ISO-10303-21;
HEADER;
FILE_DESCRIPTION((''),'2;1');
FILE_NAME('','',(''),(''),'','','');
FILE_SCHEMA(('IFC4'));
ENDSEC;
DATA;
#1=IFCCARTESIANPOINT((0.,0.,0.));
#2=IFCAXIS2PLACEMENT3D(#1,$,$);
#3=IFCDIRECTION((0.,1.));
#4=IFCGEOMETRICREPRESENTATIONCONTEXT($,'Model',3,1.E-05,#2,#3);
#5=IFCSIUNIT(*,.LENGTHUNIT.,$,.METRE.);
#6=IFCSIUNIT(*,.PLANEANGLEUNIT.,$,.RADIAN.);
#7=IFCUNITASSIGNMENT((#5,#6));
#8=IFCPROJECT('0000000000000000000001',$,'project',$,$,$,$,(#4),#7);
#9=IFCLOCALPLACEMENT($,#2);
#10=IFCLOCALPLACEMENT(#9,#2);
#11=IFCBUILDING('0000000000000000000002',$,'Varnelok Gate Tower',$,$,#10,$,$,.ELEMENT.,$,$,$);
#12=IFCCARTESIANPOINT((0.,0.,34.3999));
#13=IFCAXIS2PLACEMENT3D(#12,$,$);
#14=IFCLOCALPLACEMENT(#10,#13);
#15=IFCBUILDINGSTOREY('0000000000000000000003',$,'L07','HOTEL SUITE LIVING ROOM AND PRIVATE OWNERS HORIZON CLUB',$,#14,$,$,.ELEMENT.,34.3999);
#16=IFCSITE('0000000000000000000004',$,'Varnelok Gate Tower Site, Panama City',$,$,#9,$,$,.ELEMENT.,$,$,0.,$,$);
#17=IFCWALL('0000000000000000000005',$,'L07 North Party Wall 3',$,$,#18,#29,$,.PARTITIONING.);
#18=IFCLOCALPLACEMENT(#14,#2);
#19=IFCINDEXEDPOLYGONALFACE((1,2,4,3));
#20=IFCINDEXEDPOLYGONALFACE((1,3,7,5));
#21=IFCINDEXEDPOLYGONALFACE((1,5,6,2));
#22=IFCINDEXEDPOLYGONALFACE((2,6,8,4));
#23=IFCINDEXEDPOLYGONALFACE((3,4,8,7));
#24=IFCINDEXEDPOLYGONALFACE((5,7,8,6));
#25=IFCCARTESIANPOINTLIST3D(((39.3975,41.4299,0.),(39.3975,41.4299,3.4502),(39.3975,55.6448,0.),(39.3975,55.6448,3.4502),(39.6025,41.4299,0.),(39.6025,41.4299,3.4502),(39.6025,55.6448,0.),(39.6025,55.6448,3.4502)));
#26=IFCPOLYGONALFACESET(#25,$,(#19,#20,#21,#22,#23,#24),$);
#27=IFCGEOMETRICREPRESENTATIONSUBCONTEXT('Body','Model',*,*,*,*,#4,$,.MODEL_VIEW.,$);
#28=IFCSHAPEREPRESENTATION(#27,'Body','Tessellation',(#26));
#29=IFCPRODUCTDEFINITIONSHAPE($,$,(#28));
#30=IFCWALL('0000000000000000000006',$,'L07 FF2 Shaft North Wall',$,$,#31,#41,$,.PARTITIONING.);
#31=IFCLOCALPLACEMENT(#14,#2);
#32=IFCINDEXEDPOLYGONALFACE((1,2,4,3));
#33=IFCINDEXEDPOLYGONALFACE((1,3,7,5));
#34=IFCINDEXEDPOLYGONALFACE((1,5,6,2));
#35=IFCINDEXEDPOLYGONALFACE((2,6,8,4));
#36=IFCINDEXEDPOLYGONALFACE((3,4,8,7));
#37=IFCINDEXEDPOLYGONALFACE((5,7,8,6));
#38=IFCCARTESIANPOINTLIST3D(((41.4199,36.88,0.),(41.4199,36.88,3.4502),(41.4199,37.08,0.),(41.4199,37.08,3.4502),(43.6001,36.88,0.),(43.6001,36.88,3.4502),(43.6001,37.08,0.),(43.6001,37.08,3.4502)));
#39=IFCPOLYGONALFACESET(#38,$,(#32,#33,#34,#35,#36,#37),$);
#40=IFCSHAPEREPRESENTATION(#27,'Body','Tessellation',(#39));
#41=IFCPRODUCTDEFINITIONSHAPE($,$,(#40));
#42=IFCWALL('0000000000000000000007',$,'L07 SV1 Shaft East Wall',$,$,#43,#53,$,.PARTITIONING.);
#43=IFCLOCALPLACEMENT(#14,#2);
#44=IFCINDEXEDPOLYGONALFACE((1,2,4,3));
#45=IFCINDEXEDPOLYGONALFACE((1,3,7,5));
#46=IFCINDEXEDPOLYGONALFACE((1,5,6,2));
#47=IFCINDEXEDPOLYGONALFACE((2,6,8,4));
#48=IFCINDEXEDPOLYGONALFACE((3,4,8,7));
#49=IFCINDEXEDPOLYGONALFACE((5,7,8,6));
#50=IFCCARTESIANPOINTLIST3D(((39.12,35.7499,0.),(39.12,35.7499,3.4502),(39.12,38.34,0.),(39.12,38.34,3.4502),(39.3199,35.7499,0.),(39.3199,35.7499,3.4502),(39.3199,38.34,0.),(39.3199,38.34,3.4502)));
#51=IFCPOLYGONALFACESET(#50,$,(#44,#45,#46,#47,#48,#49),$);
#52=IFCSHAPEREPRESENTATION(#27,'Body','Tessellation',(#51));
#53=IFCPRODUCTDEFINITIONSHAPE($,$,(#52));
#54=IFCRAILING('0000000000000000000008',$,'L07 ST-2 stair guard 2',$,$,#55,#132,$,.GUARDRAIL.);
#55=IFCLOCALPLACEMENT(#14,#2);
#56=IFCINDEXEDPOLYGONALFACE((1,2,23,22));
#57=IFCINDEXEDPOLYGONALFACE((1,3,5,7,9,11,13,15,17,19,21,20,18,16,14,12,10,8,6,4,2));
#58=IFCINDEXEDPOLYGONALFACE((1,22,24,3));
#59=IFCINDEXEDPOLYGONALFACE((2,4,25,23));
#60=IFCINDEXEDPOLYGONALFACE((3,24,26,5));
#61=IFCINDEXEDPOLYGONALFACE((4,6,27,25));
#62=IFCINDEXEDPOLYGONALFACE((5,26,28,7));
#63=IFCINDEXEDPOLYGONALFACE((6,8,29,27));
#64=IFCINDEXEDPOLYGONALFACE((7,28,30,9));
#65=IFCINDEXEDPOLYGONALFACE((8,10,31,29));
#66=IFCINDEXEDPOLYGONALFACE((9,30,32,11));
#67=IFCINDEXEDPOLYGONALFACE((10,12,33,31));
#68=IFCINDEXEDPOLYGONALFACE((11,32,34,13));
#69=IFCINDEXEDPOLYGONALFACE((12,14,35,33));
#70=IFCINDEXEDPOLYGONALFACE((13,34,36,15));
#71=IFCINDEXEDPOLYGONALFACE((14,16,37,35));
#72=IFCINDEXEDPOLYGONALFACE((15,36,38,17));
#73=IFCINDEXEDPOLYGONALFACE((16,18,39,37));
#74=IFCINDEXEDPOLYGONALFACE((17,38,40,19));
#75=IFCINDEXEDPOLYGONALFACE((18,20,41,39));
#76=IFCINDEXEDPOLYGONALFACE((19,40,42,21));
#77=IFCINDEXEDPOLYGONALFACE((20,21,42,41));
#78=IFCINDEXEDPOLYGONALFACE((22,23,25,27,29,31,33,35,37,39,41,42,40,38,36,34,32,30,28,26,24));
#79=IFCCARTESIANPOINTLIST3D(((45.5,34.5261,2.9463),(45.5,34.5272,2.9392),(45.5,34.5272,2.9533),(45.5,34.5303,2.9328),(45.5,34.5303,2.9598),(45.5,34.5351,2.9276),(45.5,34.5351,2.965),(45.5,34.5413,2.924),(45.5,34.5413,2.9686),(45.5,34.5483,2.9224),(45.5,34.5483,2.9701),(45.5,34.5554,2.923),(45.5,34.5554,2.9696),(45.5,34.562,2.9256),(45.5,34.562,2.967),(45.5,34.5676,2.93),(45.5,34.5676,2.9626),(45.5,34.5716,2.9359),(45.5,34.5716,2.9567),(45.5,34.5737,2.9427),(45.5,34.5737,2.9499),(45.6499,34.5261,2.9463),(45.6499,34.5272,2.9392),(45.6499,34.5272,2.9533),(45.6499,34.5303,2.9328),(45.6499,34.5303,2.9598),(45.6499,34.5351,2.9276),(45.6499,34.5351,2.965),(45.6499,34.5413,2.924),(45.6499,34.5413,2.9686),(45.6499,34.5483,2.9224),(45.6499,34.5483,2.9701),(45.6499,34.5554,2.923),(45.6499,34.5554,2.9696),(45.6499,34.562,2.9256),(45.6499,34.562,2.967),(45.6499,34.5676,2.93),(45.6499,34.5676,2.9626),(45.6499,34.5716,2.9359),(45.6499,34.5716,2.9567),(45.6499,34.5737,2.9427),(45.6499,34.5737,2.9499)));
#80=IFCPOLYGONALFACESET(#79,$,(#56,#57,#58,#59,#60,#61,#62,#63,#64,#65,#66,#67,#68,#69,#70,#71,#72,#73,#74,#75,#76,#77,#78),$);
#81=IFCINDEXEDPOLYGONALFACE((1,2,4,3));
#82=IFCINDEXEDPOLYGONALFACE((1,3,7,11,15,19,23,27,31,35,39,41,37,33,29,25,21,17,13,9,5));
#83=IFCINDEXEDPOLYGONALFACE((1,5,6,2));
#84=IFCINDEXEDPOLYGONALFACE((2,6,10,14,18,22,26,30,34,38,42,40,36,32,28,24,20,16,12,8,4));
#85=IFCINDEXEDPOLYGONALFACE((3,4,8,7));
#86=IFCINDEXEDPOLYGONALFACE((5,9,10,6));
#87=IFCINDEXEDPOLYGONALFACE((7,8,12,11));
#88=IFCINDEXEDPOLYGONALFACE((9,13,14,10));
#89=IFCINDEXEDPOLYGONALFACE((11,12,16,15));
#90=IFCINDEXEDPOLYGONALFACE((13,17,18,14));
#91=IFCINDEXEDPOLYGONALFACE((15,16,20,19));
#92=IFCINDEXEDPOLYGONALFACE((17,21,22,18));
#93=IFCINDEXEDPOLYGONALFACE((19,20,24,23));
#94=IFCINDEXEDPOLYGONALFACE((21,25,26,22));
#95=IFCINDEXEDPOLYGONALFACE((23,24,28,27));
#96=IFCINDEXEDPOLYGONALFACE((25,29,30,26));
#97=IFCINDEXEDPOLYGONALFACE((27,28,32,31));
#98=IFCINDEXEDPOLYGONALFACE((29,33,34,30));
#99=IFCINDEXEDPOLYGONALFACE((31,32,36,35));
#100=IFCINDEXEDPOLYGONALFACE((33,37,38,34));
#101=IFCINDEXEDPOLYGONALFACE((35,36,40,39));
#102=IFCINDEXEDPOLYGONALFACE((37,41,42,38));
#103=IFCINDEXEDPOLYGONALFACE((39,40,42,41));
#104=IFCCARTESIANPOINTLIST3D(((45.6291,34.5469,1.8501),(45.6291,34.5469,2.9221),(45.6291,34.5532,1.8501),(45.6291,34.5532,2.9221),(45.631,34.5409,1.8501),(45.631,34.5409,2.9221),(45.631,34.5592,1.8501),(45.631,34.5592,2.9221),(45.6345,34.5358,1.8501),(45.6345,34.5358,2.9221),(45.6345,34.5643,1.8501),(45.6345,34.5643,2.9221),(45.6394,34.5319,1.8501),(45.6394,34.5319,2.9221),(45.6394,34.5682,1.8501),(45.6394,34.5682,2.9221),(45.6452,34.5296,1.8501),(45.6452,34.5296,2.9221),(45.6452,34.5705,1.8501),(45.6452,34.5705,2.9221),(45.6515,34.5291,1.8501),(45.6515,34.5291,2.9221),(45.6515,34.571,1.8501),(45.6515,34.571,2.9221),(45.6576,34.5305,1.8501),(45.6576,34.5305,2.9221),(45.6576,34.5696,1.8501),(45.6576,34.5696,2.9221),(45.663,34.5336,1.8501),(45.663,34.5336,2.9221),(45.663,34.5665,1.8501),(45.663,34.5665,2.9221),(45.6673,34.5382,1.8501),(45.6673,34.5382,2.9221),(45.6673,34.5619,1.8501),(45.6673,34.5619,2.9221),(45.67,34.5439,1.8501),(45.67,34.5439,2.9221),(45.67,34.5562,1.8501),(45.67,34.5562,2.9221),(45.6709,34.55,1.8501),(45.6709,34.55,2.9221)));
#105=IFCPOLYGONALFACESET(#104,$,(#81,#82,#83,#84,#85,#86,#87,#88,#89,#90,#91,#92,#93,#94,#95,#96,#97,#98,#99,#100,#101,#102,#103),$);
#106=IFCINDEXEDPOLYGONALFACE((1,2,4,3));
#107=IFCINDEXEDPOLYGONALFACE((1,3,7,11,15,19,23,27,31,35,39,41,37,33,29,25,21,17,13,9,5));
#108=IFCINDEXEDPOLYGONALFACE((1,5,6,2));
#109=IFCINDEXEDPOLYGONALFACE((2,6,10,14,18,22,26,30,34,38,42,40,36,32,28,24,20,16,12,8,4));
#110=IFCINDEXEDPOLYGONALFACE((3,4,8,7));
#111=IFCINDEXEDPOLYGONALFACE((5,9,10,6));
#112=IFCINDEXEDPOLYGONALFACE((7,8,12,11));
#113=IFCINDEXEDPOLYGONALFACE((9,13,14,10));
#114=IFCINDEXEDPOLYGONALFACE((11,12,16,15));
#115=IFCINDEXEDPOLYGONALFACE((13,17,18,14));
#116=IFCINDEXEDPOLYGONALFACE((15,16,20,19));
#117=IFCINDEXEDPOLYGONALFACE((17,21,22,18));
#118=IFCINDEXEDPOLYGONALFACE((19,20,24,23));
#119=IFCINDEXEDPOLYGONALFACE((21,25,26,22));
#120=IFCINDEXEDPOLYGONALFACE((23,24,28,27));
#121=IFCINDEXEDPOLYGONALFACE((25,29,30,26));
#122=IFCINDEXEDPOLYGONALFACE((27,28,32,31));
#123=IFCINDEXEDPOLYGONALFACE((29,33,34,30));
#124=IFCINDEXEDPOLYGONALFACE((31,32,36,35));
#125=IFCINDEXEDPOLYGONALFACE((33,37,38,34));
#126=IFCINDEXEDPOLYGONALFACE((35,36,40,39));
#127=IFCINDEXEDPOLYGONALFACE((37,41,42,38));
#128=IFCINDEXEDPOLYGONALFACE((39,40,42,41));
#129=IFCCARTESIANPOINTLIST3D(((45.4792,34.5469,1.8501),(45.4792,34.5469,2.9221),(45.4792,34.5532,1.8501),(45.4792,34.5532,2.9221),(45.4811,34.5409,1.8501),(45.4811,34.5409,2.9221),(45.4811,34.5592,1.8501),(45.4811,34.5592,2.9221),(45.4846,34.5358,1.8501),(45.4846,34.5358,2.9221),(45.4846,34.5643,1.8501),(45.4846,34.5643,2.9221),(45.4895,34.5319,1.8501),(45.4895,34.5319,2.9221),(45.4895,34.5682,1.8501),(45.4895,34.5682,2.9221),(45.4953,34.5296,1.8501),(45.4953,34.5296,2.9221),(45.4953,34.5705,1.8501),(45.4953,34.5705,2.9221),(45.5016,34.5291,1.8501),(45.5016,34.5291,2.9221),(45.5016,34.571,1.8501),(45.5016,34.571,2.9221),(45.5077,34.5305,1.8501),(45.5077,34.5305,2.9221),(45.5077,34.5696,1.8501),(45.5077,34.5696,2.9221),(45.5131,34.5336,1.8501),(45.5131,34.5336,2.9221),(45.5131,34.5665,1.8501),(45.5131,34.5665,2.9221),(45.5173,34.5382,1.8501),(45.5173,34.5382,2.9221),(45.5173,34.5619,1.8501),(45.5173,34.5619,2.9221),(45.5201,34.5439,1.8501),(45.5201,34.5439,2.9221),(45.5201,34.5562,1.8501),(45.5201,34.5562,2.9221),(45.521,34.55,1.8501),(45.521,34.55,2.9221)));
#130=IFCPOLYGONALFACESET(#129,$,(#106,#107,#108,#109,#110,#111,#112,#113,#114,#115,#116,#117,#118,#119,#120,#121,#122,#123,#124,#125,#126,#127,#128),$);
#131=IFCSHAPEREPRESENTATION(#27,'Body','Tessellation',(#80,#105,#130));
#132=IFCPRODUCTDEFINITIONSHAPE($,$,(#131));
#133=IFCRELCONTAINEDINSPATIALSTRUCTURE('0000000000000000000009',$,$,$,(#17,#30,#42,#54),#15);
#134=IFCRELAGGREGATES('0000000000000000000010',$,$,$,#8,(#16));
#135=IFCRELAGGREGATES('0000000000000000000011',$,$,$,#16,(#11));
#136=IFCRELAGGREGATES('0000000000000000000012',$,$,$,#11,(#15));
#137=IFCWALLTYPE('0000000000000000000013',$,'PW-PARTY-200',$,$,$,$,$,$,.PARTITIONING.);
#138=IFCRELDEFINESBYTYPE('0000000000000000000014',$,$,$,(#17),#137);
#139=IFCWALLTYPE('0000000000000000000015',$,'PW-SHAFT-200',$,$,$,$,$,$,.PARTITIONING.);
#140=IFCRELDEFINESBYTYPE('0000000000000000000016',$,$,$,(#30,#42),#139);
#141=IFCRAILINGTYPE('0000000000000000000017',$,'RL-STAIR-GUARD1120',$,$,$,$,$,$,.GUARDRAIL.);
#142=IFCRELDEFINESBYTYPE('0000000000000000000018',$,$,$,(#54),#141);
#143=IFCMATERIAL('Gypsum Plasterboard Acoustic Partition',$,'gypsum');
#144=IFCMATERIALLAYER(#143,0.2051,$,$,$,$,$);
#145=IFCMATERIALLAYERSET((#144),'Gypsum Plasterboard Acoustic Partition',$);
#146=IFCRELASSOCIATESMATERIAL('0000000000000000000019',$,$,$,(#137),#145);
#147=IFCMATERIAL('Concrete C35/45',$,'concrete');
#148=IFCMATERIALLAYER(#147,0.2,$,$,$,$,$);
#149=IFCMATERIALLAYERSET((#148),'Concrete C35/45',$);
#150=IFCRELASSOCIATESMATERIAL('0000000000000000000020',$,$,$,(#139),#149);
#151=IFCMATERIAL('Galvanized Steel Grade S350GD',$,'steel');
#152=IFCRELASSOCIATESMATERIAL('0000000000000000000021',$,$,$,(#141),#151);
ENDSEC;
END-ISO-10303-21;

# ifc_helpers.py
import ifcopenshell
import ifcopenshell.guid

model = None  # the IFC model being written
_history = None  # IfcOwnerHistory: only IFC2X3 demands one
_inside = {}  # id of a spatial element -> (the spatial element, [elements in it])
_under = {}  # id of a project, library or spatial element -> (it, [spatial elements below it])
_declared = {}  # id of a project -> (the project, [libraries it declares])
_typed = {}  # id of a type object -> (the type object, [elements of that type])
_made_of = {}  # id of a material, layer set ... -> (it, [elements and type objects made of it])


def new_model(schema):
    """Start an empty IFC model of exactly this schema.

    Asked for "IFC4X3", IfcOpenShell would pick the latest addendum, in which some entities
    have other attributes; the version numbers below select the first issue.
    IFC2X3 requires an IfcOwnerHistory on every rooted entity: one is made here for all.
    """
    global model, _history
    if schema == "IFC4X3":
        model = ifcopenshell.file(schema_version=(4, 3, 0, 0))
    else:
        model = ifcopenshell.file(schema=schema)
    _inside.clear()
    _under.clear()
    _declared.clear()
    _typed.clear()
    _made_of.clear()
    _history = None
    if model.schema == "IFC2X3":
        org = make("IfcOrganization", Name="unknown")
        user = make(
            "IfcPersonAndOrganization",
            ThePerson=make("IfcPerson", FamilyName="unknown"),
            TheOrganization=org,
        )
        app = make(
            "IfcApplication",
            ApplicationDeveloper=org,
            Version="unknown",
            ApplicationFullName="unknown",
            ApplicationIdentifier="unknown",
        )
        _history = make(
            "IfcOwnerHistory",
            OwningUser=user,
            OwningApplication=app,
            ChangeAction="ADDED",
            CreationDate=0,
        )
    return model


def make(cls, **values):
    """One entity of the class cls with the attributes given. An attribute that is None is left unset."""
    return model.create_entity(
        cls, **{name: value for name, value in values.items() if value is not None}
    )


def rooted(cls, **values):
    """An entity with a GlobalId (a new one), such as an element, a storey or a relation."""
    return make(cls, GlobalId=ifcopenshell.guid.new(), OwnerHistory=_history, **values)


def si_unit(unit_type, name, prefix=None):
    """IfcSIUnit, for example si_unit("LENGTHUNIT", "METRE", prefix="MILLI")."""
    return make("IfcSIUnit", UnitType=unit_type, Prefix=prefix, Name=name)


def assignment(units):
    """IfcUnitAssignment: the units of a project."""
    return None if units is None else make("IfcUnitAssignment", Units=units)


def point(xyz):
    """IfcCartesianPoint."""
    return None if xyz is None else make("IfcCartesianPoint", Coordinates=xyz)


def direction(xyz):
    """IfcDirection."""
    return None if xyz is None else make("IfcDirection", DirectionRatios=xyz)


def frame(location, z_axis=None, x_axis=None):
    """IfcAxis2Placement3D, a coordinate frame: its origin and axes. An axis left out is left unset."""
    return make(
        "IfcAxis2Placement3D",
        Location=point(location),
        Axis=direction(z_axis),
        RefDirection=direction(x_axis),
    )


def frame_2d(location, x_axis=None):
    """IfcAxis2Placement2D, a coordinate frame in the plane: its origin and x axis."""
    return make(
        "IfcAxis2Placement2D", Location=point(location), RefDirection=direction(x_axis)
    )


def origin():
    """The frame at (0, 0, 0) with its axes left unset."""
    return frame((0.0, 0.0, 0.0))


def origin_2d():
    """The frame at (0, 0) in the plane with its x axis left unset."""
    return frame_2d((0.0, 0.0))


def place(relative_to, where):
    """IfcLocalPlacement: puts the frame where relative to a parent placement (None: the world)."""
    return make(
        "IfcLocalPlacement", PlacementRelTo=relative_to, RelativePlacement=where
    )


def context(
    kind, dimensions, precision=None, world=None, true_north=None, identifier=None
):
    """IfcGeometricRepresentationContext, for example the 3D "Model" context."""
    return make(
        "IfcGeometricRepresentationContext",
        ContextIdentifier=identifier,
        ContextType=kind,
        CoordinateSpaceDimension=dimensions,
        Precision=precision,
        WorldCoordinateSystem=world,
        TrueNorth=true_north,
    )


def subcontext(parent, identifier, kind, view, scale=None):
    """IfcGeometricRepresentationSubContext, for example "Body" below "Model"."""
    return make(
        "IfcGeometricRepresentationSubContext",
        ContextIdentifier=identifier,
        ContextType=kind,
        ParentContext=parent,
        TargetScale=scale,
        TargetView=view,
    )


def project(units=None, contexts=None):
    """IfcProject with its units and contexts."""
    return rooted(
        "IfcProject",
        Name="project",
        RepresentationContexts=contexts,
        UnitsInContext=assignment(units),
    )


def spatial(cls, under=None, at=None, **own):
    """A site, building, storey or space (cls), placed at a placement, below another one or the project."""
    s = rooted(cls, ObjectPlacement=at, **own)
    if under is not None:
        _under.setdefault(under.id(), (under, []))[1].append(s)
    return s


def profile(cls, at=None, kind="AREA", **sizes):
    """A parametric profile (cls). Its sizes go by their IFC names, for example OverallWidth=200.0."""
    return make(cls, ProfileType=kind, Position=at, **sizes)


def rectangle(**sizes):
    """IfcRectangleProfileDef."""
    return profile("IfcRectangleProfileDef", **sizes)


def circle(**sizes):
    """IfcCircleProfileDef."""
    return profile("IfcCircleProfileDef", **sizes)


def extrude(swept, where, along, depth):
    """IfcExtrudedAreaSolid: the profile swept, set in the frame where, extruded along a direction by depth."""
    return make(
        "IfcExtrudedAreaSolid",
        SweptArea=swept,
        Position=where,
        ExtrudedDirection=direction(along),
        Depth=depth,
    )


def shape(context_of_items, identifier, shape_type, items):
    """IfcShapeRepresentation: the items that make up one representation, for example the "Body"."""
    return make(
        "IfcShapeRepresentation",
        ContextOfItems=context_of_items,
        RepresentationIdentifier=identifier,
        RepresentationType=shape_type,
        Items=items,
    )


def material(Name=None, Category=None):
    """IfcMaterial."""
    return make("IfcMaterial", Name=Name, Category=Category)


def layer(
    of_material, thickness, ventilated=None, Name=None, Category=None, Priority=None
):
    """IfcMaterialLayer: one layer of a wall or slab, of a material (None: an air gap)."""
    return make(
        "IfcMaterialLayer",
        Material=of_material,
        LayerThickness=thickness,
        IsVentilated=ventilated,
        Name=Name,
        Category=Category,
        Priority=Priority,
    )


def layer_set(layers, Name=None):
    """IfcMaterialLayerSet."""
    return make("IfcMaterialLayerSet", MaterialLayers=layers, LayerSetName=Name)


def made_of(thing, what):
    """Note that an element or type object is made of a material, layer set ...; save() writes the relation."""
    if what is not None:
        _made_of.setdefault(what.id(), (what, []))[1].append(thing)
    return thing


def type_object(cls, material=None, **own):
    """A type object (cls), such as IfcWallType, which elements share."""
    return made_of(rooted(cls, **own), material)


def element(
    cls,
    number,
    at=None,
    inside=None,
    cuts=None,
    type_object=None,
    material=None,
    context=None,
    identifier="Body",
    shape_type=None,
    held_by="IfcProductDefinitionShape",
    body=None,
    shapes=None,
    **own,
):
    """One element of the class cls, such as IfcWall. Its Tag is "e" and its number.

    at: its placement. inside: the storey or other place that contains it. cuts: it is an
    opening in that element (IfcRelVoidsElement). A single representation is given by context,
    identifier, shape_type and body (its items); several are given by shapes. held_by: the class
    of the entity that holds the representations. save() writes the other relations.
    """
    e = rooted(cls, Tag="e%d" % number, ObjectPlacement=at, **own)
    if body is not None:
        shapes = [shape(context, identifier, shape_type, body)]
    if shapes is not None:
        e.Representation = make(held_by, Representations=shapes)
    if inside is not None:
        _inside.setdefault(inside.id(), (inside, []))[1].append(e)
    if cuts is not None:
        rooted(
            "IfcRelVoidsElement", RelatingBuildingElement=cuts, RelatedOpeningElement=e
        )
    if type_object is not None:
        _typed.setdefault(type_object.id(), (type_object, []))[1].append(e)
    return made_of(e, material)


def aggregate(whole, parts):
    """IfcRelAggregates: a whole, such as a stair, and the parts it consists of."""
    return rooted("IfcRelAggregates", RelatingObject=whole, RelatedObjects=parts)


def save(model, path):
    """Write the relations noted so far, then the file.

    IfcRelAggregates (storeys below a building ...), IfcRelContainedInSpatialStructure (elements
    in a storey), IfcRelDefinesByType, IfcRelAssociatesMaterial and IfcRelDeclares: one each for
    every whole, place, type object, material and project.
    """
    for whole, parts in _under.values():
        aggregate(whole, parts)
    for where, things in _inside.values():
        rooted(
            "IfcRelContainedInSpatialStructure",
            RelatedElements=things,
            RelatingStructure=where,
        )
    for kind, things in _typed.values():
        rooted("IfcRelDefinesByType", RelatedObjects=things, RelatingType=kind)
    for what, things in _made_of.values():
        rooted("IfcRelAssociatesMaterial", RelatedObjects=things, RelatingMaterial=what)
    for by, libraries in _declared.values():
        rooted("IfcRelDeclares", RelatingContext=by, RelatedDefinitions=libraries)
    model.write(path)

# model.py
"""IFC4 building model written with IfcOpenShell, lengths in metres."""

from ifc_helpers import new_model, si_unit, direction, frame, frame_2d, origin, origin_2d, place, context, subcontext, project, spatial, rectangle, circle, extrude, material, layer, layer_set, type_object, element, save


model = new_model("IFC4")

# Units and contexts
model_context = context("Model", 3, precision=1e-05, world=origin(), true_north=direction((0.0, 1.0)))
body_context = subcontext(model_context, "Body", "Model", "MODEL_VIEW")
ifc_project = project(units=[si_unit("LENGTHUNIT", "METRE"), si_unit("PLANEANGLEUNIT", "RADIAN")], contexts=[model_context])

# Site, building, storey
site_placement = place(None, origin())
site = spatial("IfcSite", under=ifc_project, at=site_placement, Name="Varnelok Gate Tower Site, Panama City", CompositionType="ELEMENT", RefElevation=0.0)
building_placement = place(site_placement, origin())
building = spatial("IfcBuilding", under=site, at=building_placement, Name="Varnelok Gate Tower", CompositionType="ELEMENT")
storey_placement = place(building_placement, frame((0.0, 0.0, 34.3999)))
storey = spatial("IfcBuildingStorey", under=building, at=storey_placement, Name="L07", Description="HOTEL SUITE LIVING ROOM AND PRIVATE OWNERS HORIZON CLUB", CompositionType="ELEMENT", Elevation=34.3999)

# Shared definitions
ifc_material_1 = material(Name="Gypsum Plasterboard Acoustic Partition", Category="gypsum")

# Shared definitions
ifc_material_2 = material(Name="Galvanized Steel Grade S350GD", Category="steel")

# Walls
ifc_layer_1 = layer(ifc_material_1, 0.2051)
ifc_layer_set_1 = layer_set([ifc_layer_1], Name="Gypsum Plasterboard Acoustic Partition")
wall_type_1 = type_object("IfcWallType", Name="PW-PARTY-200", PredefinedType="PARTITIONING", material=ifc_layer_set_1)
wall_1_placement = place(storey_placement, frame((39.5, 41.4299, 0.0), z_axis=(0.0, 0.0, 1.0), x_axis=(0.0, 1.0, 0.0)))
element("IfcWall", 1, at=wall_1_placement, inside=storey, type_object=wall_type_1, Name="L07 North Party Wall 3", PredefinedType="PARTITIONING", context=body_context, shape_type="SweptSolid", body=[
    extrude(rectangle(XDim=14.2148, YDim=0.2051, at=frame_2d((7.1074, 0.0))), origin(), (0.0, 0.0, 1.0), 3.4502),
])
ifc_material_3 = material(Name="Concrete C35/45", Category="concrete")
ifc_layer_2 = layer(ifc_material_3, 0.2)
ifc_layer_set_2 = layer_set([ifc_layer_2], Name="Concrete C35/45")
wall_type_2 = type_object("IfcWallType", Name="PW-SHAFT-200", PredefinedType="PARTITIONING", material=ifc_layer_set_2)
wall_2_placement = place(storey_placement, frame((41.4199, 36.98, 0.0), z_axis=(0.0, 0.0, 1.0), x_axis=(1.0, 0.0, 0.0)))
element("IfcWall", 2, at=wall_2_placement, inside=storey, type_object=wall_type_2, Name="L07 FF2 Shaft North Wall", PredefinedType="PARTITIONING", context=body_context, shape_type="SweptSolid", body=[
    extrude(rectangle(XDim=2.1802, YDim=0.2, at=frame_2d((1.0901, 0.0))), origin(), (0.0, 0.0, 1.0), 3.4502),
])
wall_3_placement = place(storey_placement, frame((39.22, 35.75, 0.0), z_axis=(0.0, 0.0, 1.0), x_axis=(0.0, 1.0, 0.0)))
element("IfcWall", 3, at=wall_3_placement, inside=storey, type_object=wall_type_2, Name="L07 SV1 Shaft East Wall", PredefinedType="PARTITIONING", context=body_context, shape_type="SweptSolid", body=[
    extrude(rectangle(XDim=2.5901, YDim=0.2, at=frame_2d((1.2949, 0.0))), origin(), (0.0, 0.0, 1.0), 3.4502),
])

# Railing
railing_type_1 = type_object("IfcRailingType", Name="RL-STAIR-GUARD1120", PredefinedType="GUARDRAIL", material=ifc_material_2)
railing_1_placement = place(storey_placement, frame((45.6499, 34.55, 1.8501)))
element("IfcRailing", 4, at=railing_1_placement, inside=storey, type_object=railing_type_1, Name="L07 ST-2 stair guard 2", PredefinedType="GUARDRAIL", context=body_context, shape_type="SweptSolid", body=[
    extrude(circle(Radius=0.0239, at=origin_2d()), frame((0.0, 0.0, 1.0962), z_axis=(-1.0, 0.0, 0.0), x_axis=(0.0, -1.0, 0.0)), (0.0, 0.0, 1.0), 0.1499),
    extrude(circle(Radius=0.021, at=origin_2d()), origin(), (0.0, 0.0, 1.0), 1.072),
    extrude(circle(Radius=0.021, at=origin_2d()), frame((-0.1499, 0.0, 0.0)), (0.0, 0.0, 1.0), 1.072),
])

save(model, "model.ifc")
